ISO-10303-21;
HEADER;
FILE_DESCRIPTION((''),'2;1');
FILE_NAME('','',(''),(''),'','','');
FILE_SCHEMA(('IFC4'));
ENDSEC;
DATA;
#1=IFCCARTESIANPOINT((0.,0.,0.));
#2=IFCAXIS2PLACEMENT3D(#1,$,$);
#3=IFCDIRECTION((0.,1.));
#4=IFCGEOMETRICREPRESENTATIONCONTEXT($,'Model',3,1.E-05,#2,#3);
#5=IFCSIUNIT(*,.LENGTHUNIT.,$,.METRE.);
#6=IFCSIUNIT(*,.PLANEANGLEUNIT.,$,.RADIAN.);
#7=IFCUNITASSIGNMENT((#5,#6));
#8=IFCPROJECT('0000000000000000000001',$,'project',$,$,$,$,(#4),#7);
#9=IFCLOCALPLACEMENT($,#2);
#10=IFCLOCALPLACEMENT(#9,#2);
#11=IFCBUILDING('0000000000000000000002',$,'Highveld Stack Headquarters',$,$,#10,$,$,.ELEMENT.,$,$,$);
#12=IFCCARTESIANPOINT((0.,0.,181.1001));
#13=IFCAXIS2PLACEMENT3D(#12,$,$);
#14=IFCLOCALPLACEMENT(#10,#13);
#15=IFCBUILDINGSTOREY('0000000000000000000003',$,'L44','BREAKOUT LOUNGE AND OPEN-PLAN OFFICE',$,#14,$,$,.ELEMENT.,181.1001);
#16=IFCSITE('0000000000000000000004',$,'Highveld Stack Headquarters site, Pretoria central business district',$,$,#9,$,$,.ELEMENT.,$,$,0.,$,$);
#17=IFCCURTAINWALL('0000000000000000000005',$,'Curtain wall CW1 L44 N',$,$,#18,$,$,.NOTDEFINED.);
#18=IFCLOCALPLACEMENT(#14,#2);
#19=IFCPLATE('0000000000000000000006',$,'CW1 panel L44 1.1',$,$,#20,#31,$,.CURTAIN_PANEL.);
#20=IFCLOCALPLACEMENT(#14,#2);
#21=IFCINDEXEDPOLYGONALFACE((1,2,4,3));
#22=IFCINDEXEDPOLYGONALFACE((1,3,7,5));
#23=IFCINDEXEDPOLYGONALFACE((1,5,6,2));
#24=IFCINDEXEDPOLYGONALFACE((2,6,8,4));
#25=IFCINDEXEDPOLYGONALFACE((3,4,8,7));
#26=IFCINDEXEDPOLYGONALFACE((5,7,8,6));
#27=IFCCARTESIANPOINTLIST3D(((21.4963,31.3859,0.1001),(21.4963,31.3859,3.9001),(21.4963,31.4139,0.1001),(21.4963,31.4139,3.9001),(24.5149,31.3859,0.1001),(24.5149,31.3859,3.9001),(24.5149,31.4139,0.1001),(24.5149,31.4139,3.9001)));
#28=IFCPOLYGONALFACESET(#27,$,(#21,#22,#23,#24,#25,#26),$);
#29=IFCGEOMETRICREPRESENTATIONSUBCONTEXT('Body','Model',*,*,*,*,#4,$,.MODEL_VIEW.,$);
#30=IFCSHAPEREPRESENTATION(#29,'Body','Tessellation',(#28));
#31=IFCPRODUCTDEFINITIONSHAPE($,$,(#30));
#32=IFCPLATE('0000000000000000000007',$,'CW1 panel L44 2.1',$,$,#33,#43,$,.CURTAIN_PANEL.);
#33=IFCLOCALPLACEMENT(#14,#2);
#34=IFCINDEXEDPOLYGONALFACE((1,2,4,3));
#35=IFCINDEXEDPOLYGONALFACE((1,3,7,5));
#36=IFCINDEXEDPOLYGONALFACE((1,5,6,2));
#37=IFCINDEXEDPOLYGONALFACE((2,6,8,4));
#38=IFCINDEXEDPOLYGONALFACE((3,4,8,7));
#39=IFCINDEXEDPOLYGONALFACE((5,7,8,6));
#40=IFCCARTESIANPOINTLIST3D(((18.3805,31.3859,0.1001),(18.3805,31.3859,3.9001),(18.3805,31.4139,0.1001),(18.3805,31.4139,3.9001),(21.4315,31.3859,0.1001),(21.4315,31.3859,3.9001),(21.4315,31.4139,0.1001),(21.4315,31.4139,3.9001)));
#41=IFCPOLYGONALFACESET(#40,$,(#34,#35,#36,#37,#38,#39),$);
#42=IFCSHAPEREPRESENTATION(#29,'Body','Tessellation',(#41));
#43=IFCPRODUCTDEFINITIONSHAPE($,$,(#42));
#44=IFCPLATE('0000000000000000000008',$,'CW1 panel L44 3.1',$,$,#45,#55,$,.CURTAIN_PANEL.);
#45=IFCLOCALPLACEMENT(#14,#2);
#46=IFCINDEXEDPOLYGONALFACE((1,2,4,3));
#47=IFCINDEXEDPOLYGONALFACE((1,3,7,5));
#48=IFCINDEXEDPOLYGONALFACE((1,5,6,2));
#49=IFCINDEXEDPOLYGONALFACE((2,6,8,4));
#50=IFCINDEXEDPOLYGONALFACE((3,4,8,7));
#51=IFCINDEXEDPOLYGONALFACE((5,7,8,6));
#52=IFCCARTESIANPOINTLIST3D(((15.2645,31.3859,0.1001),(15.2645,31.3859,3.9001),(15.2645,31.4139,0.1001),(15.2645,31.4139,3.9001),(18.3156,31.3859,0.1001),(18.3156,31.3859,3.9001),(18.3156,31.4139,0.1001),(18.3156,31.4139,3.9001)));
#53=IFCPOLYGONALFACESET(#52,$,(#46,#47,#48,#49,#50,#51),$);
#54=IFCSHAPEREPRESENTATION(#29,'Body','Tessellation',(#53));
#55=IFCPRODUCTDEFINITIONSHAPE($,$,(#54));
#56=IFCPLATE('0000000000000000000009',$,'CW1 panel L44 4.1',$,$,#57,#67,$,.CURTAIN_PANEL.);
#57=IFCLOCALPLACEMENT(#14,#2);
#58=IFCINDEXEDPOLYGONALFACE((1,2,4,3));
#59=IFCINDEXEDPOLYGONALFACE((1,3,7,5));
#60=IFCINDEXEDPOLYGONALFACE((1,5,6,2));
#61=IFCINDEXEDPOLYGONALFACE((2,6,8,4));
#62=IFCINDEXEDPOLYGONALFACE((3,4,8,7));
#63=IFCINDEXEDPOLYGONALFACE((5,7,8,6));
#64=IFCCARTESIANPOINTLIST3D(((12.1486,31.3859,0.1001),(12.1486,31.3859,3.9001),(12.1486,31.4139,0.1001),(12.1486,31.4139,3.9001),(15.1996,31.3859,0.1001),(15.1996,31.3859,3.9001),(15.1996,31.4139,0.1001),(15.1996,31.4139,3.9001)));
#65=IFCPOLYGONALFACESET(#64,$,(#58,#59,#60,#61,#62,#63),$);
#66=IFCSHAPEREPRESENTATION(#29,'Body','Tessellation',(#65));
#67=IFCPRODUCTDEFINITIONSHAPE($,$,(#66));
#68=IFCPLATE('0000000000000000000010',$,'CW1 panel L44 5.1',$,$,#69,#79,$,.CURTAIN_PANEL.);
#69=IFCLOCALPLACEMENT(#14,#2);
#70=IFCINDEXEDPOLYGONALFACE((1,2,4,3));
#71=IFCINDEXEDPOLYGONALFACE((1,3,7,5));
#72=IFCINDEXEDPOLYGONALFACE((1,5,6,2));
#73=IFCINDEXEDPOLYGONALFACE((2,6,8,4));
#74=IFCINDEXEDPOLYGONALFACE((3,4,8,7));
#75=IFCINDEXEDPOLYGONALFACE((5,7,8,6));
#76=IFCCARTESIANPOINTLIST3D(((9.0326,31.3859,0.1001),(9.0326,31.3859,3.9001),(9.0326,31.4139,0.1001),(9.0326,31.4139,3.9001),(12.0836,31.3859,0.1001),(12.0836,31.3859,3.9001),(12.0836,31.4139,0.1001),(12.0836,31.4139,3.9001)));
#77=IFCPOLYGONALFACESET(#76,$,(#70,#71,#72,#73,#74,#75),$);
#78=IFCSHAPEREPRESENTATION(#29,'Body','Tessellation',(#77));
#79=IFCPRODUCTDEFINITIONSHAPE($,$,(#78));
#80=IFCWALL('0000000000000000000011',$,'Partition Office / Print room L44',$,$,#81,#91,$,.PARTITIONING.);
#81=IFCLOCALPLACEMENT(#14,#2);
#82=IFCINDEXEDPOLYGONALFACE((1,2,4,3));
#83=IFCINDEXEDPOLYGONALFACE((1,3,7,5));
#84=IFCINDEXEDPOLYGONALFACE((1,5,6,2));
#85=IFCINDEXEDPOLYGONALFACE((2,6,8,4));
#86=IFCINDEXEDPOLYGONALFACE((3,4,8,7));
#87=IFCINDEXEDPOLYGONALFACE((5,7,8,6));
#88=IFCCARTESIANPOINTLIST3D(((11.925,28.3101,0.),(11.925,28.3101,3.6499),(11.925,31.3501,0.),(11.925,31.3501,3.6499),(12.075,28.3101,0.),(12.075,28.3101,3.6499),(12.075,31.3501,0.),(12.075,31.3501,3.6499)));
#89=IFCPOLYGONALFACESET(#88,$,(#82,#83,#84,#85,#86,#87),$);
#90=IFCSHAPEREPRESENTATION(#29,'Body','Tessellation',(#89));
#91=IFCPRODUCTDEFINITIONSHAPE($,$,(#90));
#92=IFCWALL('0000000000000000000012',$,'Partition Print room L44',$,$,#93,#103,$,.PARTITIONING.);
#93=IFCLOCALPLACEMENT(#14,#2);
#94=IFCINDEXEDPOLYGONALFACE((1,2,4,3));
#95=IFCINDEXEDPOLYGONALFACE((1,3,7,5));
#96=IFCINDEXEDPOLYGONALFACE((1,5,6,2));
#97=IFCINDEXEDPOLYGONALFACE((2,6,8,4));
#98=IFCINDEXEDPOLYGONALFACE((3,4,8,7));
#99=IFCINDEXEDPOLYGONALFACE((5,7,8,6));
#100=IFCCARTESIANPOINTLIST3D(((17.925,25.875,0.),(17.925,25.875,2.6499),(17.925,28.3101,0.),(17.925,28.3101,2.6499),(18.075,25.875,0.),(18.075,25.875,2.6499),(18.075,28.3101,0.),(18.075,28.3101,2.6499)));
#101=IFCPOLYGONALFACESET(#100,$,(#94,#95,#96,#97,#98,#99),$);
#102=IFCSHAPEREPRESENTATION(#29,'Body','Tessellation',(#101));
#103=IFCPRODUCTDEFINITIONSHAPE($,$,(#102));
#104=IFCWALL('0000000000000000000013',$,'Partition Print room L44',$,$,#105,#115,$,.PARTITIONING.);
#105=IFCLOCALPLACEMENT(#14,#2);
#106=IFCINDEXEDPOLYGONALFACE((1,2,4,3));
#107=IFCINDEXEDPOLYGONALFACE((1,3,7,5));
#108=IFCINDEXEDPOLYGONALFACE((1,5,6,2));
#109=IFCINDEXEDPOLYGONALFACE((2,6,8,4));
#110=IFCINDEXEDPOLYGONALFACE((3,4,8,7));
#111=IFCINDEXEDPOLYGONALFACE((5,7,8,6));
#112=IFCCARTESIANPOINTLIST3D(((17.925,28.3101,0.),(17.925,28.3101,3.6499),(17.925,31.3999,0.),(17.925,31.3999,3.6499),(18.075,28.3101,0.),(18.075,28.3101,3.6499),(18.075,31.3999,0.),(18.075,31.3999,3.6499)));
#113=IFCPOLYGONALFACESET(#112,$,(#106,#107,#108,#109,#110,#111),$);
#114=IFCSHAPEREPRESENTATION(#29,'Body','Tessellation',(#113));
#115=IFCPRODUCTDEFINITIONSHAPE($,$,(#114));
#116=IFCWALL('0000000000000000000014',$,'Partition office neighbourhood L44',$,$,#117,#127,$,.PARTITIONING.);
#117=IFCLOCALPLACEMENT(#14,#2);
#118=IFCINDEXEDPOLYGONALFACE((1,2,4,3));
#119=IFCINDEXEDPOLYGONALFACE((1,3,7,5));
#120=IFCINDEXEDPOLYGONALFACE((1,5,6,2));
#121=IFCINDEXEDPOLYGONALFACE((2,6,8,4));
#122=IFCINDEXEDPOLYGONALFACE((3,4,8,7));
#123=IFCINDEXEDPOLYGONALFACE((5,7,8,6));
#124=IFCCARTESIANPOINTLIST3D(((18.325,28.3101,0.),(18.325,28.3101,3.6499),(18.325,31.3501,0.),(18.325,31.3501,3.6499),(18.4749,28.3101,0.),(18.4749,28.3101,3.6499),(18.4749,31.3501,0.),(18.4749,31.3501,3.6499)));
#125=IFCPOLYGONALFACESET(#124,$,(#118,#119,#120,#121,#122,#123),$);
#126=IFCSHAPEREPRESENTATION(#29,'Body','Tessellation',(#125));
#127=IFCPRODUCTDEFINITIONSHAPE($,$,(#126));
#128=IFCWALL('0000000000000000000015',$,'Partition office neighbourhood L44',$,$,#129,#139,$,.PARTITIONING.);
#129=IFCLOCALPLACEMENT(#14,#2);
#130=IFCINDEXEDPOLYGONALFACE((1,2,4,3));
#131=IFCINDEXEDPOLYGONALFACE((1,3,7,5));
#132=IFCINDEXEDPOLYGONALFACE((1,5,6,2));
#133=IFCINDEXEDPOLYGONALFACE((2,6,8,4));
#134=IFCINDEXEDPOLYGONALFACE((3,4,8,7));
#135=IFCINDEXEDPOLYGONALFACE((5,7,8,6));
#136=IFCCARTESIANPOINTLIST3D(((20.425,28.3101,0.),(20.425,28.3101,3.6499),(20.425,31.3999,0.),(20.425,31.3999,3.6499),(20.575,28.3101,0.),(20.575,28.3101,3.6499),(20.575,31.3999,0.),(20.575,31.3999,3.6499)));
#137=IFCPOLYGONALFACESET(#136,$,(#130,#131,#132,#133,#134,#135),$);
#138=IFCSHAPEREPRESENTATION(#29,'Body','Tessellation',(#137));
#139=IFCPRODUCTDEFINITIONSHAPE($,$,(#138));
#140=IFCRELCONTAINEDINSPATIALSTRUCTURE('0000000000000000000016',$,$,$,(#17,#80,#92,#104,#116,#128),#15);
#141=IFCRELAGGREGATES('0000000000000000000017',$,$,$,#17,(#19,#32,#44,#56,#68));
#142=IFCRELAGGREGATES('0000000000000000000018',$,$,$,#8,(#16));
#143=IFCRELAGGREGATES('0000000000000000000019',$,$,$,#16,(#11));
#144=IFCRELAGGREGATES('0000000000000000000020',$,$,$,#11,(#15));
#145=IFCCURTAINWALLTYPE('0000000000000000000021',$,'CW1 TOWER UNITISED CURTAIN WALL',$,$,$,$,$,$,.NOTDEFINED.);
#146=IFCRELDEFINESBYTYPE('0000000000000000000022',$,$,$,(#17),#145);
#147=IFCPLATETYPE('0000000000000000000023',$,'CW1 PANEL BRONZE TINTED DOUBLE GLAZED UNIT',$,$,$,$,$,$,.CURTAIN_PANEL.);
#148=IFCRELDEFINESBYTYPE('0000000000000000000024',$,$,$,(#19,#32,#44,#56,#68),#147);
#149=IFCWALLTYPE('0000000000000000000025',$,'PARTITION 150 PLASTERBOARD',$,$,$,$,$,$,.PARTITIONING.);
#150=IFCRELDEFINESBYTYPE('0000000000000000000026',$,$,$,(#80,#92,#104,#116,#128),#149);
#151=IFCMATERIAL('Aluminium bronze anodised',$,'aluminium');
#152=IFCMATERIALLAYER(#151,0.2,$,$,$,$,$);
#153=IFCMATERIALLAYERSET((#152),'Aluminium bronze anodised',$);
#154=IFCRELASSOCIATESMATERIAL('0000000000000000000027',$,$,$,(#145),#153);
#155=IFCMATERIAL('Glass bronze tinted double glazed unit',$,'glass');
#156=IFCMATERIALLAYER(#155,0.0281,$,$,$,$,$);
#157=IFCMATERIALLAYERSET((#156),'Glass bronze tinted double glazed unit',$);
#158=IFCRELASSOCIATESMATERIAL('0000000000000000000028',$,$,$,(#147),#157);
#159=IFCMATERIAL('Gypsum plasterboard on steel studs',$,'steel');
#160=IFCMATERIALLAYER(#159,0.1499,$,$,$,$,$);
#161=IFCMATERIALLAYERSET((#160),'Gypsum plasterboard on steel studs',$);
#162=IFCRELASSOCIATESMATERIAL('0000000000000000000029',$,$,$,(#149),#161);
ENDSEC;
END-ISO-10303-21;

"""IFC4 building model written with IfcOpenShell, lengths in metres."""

from ifc_helpers import new_model, si_unit, direction, frame, frame_2d, origin, origin_2d, place, context, subcontext, project, spatial, rectangle, extrude, material, layer, layer_set, type_object, element, aggregate, save


model = new_model("IFC4")

# Units and contexts
model_context = context("Model", 3, precision=1e-05, world=origin(), true_north=direction((0.0, 1.0)))
body_context = subcontext(model_context, "Body", "Model", "MODEL_VIEW")
ifc_project = project(units=[si_unit("LENGTHUNIT", "METRE"), si_unit("PLANEANGLEUNIT", "RADIAN")], contexts=[model_context])

# Site, building, storey
site_placement = place(None, origin())
site = spatial("IfcSite", under=ifc_project, at=site_placement, Name="Highveld Stack Headquarters site, Pretoria central business district", CompositionType="ELEMENT", RefElevation=0.0)
building_placement = place(site_placement, origin())
building = spatial("IfcBuilding", under=site, at=building_placement, Name="Highveld Stack Headquarters", CompositionType="ELEMENT")
storey_placement = place(building_placement, frame((0.0, 0.0, 181.1001)))
storey = spatial("IfcBuildingStorey", under=building, at=storey_placement, Name="L44", Description="BREAKOUT LOUNGE AND OPEN-PLAN OFFICE", CompositionType="ELEMENT", Elevation=181.1001)

# Curtain wall
ifc_material_1 = material(Name="Aluminium bronze anodised", Category="aluminium")
ifc_layer_1 = layer(ifc_material_1, 0.2)
ifc_layer_set_1 = layer_set([ifc_layer_1], Name="Aluminium bronze anodised")
curtain_wall_type = type_object("IfcCurtainWallType", Name="CW1 TOWER UNITISED CURTAIN WALL", PredefinedType="NOTDEFINED", material=ifc_layer_set_1)
curtain_wall_placement = place(storey_placement, origin())
curtain_wall = element("IfcCurtainWall", 1, at=curtain_wall_placement, inside=storey, type_object=curtain_wall_type, Name="Curtain wall CW1 L44 N", PredefinedType="NOTDEFINED")

# Plates
ifc_material_2 = material(Name="Glass bronze tinted double glazed unit", Category="glass")
ifc_layer_2 = layer(ifc_material_2, 0.0281)
ifc_layer_set_2 = layer_set([ifc_layer_2], Name="Glass bronze tinted double glazed unit")
plate_type = type_object("IfcPlateType", Name="CW1 PANEL BRONZE TINTED DOUBLE GLAZED UNIT", PredefinedType="CURTAIN_PANEL", material=ifc_layer_set_2)
plate_1_placement = place(storey_placement, frame((23.0056, 31.3999, 0.1001), z_axis=(0.0, 0.0, 1.0), x_axis=(-1.0, 0.0, 0.0)))
plate_1 = element("IfcPlate", 2, at=plate_1_placement, type_object=plate_type, Name="CW1 panel L44 1.1", PredefinedType="CURTAIN_PANEL", context=body_context, shape_type="SweptSolid", body=[
    extrude(rectangle(XDim=3.0186, YDim=0.0281, at=origin_2d()), origin(), (0.0, 0.0, 1.0), 3.8),
])
plate_2_placement = place(storey_placement, frame((19.906, 31.3999, 0.1001), z_axis=(0.0, 0.0, 1.0), x_axis=(-1.0, 0.0, 0.0)))
plate_2 = element("IfcPlate", 3, at=plate_2_placement, type_object=plate_type, Name="CW1 panel L44 2.1", PredefinedType="CURTAIN_PANEL", context=body_context, shape_type="SweptSolid", body=[
    extrude(rectangle(XDim=3.051, YDim=0.0281, at=origin_2d()), origin(), (0.0, 0.0, 1.0), 3.8),
])
plate_3_placement = place(storey_placement, frame((16.79, 31.3999, 0.1001), z_axis=(0.0, 0.0, 1.0), x_axis=(-1.0, 0.0, 0.0)))
plate_3 = element("IfcPlate", 4, at=plate_3_placement, type_object=plate_type, Name="CW1 panel L44 3.1", PredefinedType="CURTAIN_PANEL", context=body_context, shape_type="SweptSolid", body=[
    extrude(rectangle(XDim=3.051, YDim=0.0281, at=origin_2d()), origin(), (0.0, 0.0, 1.0), 3.8),
])
plate_4_placement = place(storey_placement, frame((13.6741, 31.3999, 0.1001), z_axis=(0.0, 0.0, 1.0), x_axis=(-1.0, 0.0, 0.0)))
plate_4 = element("IfcPlate", 5, at=plate_4_placement, type_object=plate_type, Name="CW1 panel L44 4.1", PredefinedType="CURTAIN_PANEL", context=body_context, shape_type="SweptSolid", body=[
    extrude(rectangle(XDim=3.051, YDim=0.0281, at=origin_2d()), origin(), (0.0, 0.0, 1.0), 3.8),
])
plate_5_placement = place(storey_placement, frame((10.5581, 31.3999, 0.1001), z_axis=(0.0, 0.0, 1.0), x_axis=(-1.0, 0.0, 0.0)))
plate_5 = element("IfcPlate", 6, at=plate_5_placement, type_object=plate_type, Name="CW1 panel L44 5.1", PredefinedType="CURTAIN_PANEL", context=body_context, shape_type="SweptSolid", body=[
    extrude(rectangle(XDim=3.051, YDim=0.0281, at=origin_2d()), origin(), (0.0, 0.0, 1.0), 3.8),
])
aggregate(curtain_wall, [plate_1, plate_2, plate_3, plate_4, plate_5])

# Walls
ifc_material_3 = material(Name="Gypsum plasterboard on steel studs", Category="steel")
ifc_layer_3 = layer(ifc_material_3, 0.1499)
ifc_layer_set_3 = layer_set([ifc_layer_3], Name="Gypsum plasterboard on steel studs")
wall_type = type_object("IfcWallType", Name="PARTITION 150 PLASTERBOARD", PredefinedType="PARTITIONING", material=ifc_layer_set_3)
wall_1_placement = place(storey_placement, frame((12.0, 28.3101, 0.0), z_axis=(0.0, 0.0, 1.0), x_axis=(0.0, 1.0, 0.0)))
element("IfcWall", 7, at=wall_1_placement, inside=storey, type_object=wall_type, Name="Partition Office / Print room L44", PredefinedType="PARTITIONING", context=body_context, shape_type="SweptSolid", body=[
    extrude(rectangle(XDim=3.04, YDim=0.1499, at=frame_2d((1.52, 0.0))), origin(), (0.0, 0.0, 1.0), 3.6499),
])
wall_2_placement = place(storey_placement, frame((18.0, 25.875, 0.0), z_axis=(0.0, 0.0, 1.0), x_axis=(0.0, 1.0, 0.0)))
element("IfcWall", 8, at=wall_2_placement, inside=storey, type_object=wall_type, Name="Partition Print room L44", PredefinedType="PARTITIONING", context=body_context, shape_type="SweptSolid", body=[
    extrude(rectangle(XDim=2.4351, YDim=0.1499, at=frame_2d((1.2175, 0.0))), origin(), (0.0, 0.0, 1.0), 2.6499),
])
wall_3_placement = place(storey_placement, frame((18.0, 28.3101, 0.0), z_axis=(0.0, 0.0, 1.0), x_axis=(0.0, 1.0, 0.0)))
element("IfcWall", 9, at=wall_3_placement, inside=storey, type_object=wall_type, Name="Partition Print room L44", PredefinedType="PARTITIONING", context=body_context, shape_type="SweptSolid", body=[
    extrude(rectangle(XDim=3.0898, YDim=0.1499, at=frame_2d((1.5449, 0.0))), origin(), (0.0, 0.0, 1.0), 3.6499),
])
wall_4_placement = place(storey_placement, frame((18.3999, 28.3101, 0.0), z_axis=(0.0, 0.0, 1.0), x_axis=(0.0, 1.0, 0.0)))
element("IfcWall", 10, at=wall_4_placement, inside=storey, type_object=wall_type, Name="Partition office neighbourhood L44", PredefinedType="PARTITIONING", context=body_context, shape_type="SweptSolid", body=[
    extrude(rectangle(XDim=3.04, YDim=0.1499, at=frame_2d((1.52, 0.0))), origin(), (0.0, 0.0, 1.0), 3.6499),
])
wall_5_placement = place(storey_placement, frame((20.5, 28.3101, 0.0), z_axis=(0.0, 0.0, 1.0), x_axis=(0.0, 1.0, 0.0)))
element("IfcWall", 11, at=wall_5_placement, inside=storey, type_object=wall_type, Name="Partition office neighbourhood L44", PredefinedType="PARTITIONING", context=body_context, shape_type="SweptSolid", body=[
    extrude(rectangle(XDim=3.0898, YDim=0.1499, at=frame_2d((1.5449, 0.0))), origin(), (0.0, 0.0, 1.0), 3.6499),
])

save(model, "model.ifc")
